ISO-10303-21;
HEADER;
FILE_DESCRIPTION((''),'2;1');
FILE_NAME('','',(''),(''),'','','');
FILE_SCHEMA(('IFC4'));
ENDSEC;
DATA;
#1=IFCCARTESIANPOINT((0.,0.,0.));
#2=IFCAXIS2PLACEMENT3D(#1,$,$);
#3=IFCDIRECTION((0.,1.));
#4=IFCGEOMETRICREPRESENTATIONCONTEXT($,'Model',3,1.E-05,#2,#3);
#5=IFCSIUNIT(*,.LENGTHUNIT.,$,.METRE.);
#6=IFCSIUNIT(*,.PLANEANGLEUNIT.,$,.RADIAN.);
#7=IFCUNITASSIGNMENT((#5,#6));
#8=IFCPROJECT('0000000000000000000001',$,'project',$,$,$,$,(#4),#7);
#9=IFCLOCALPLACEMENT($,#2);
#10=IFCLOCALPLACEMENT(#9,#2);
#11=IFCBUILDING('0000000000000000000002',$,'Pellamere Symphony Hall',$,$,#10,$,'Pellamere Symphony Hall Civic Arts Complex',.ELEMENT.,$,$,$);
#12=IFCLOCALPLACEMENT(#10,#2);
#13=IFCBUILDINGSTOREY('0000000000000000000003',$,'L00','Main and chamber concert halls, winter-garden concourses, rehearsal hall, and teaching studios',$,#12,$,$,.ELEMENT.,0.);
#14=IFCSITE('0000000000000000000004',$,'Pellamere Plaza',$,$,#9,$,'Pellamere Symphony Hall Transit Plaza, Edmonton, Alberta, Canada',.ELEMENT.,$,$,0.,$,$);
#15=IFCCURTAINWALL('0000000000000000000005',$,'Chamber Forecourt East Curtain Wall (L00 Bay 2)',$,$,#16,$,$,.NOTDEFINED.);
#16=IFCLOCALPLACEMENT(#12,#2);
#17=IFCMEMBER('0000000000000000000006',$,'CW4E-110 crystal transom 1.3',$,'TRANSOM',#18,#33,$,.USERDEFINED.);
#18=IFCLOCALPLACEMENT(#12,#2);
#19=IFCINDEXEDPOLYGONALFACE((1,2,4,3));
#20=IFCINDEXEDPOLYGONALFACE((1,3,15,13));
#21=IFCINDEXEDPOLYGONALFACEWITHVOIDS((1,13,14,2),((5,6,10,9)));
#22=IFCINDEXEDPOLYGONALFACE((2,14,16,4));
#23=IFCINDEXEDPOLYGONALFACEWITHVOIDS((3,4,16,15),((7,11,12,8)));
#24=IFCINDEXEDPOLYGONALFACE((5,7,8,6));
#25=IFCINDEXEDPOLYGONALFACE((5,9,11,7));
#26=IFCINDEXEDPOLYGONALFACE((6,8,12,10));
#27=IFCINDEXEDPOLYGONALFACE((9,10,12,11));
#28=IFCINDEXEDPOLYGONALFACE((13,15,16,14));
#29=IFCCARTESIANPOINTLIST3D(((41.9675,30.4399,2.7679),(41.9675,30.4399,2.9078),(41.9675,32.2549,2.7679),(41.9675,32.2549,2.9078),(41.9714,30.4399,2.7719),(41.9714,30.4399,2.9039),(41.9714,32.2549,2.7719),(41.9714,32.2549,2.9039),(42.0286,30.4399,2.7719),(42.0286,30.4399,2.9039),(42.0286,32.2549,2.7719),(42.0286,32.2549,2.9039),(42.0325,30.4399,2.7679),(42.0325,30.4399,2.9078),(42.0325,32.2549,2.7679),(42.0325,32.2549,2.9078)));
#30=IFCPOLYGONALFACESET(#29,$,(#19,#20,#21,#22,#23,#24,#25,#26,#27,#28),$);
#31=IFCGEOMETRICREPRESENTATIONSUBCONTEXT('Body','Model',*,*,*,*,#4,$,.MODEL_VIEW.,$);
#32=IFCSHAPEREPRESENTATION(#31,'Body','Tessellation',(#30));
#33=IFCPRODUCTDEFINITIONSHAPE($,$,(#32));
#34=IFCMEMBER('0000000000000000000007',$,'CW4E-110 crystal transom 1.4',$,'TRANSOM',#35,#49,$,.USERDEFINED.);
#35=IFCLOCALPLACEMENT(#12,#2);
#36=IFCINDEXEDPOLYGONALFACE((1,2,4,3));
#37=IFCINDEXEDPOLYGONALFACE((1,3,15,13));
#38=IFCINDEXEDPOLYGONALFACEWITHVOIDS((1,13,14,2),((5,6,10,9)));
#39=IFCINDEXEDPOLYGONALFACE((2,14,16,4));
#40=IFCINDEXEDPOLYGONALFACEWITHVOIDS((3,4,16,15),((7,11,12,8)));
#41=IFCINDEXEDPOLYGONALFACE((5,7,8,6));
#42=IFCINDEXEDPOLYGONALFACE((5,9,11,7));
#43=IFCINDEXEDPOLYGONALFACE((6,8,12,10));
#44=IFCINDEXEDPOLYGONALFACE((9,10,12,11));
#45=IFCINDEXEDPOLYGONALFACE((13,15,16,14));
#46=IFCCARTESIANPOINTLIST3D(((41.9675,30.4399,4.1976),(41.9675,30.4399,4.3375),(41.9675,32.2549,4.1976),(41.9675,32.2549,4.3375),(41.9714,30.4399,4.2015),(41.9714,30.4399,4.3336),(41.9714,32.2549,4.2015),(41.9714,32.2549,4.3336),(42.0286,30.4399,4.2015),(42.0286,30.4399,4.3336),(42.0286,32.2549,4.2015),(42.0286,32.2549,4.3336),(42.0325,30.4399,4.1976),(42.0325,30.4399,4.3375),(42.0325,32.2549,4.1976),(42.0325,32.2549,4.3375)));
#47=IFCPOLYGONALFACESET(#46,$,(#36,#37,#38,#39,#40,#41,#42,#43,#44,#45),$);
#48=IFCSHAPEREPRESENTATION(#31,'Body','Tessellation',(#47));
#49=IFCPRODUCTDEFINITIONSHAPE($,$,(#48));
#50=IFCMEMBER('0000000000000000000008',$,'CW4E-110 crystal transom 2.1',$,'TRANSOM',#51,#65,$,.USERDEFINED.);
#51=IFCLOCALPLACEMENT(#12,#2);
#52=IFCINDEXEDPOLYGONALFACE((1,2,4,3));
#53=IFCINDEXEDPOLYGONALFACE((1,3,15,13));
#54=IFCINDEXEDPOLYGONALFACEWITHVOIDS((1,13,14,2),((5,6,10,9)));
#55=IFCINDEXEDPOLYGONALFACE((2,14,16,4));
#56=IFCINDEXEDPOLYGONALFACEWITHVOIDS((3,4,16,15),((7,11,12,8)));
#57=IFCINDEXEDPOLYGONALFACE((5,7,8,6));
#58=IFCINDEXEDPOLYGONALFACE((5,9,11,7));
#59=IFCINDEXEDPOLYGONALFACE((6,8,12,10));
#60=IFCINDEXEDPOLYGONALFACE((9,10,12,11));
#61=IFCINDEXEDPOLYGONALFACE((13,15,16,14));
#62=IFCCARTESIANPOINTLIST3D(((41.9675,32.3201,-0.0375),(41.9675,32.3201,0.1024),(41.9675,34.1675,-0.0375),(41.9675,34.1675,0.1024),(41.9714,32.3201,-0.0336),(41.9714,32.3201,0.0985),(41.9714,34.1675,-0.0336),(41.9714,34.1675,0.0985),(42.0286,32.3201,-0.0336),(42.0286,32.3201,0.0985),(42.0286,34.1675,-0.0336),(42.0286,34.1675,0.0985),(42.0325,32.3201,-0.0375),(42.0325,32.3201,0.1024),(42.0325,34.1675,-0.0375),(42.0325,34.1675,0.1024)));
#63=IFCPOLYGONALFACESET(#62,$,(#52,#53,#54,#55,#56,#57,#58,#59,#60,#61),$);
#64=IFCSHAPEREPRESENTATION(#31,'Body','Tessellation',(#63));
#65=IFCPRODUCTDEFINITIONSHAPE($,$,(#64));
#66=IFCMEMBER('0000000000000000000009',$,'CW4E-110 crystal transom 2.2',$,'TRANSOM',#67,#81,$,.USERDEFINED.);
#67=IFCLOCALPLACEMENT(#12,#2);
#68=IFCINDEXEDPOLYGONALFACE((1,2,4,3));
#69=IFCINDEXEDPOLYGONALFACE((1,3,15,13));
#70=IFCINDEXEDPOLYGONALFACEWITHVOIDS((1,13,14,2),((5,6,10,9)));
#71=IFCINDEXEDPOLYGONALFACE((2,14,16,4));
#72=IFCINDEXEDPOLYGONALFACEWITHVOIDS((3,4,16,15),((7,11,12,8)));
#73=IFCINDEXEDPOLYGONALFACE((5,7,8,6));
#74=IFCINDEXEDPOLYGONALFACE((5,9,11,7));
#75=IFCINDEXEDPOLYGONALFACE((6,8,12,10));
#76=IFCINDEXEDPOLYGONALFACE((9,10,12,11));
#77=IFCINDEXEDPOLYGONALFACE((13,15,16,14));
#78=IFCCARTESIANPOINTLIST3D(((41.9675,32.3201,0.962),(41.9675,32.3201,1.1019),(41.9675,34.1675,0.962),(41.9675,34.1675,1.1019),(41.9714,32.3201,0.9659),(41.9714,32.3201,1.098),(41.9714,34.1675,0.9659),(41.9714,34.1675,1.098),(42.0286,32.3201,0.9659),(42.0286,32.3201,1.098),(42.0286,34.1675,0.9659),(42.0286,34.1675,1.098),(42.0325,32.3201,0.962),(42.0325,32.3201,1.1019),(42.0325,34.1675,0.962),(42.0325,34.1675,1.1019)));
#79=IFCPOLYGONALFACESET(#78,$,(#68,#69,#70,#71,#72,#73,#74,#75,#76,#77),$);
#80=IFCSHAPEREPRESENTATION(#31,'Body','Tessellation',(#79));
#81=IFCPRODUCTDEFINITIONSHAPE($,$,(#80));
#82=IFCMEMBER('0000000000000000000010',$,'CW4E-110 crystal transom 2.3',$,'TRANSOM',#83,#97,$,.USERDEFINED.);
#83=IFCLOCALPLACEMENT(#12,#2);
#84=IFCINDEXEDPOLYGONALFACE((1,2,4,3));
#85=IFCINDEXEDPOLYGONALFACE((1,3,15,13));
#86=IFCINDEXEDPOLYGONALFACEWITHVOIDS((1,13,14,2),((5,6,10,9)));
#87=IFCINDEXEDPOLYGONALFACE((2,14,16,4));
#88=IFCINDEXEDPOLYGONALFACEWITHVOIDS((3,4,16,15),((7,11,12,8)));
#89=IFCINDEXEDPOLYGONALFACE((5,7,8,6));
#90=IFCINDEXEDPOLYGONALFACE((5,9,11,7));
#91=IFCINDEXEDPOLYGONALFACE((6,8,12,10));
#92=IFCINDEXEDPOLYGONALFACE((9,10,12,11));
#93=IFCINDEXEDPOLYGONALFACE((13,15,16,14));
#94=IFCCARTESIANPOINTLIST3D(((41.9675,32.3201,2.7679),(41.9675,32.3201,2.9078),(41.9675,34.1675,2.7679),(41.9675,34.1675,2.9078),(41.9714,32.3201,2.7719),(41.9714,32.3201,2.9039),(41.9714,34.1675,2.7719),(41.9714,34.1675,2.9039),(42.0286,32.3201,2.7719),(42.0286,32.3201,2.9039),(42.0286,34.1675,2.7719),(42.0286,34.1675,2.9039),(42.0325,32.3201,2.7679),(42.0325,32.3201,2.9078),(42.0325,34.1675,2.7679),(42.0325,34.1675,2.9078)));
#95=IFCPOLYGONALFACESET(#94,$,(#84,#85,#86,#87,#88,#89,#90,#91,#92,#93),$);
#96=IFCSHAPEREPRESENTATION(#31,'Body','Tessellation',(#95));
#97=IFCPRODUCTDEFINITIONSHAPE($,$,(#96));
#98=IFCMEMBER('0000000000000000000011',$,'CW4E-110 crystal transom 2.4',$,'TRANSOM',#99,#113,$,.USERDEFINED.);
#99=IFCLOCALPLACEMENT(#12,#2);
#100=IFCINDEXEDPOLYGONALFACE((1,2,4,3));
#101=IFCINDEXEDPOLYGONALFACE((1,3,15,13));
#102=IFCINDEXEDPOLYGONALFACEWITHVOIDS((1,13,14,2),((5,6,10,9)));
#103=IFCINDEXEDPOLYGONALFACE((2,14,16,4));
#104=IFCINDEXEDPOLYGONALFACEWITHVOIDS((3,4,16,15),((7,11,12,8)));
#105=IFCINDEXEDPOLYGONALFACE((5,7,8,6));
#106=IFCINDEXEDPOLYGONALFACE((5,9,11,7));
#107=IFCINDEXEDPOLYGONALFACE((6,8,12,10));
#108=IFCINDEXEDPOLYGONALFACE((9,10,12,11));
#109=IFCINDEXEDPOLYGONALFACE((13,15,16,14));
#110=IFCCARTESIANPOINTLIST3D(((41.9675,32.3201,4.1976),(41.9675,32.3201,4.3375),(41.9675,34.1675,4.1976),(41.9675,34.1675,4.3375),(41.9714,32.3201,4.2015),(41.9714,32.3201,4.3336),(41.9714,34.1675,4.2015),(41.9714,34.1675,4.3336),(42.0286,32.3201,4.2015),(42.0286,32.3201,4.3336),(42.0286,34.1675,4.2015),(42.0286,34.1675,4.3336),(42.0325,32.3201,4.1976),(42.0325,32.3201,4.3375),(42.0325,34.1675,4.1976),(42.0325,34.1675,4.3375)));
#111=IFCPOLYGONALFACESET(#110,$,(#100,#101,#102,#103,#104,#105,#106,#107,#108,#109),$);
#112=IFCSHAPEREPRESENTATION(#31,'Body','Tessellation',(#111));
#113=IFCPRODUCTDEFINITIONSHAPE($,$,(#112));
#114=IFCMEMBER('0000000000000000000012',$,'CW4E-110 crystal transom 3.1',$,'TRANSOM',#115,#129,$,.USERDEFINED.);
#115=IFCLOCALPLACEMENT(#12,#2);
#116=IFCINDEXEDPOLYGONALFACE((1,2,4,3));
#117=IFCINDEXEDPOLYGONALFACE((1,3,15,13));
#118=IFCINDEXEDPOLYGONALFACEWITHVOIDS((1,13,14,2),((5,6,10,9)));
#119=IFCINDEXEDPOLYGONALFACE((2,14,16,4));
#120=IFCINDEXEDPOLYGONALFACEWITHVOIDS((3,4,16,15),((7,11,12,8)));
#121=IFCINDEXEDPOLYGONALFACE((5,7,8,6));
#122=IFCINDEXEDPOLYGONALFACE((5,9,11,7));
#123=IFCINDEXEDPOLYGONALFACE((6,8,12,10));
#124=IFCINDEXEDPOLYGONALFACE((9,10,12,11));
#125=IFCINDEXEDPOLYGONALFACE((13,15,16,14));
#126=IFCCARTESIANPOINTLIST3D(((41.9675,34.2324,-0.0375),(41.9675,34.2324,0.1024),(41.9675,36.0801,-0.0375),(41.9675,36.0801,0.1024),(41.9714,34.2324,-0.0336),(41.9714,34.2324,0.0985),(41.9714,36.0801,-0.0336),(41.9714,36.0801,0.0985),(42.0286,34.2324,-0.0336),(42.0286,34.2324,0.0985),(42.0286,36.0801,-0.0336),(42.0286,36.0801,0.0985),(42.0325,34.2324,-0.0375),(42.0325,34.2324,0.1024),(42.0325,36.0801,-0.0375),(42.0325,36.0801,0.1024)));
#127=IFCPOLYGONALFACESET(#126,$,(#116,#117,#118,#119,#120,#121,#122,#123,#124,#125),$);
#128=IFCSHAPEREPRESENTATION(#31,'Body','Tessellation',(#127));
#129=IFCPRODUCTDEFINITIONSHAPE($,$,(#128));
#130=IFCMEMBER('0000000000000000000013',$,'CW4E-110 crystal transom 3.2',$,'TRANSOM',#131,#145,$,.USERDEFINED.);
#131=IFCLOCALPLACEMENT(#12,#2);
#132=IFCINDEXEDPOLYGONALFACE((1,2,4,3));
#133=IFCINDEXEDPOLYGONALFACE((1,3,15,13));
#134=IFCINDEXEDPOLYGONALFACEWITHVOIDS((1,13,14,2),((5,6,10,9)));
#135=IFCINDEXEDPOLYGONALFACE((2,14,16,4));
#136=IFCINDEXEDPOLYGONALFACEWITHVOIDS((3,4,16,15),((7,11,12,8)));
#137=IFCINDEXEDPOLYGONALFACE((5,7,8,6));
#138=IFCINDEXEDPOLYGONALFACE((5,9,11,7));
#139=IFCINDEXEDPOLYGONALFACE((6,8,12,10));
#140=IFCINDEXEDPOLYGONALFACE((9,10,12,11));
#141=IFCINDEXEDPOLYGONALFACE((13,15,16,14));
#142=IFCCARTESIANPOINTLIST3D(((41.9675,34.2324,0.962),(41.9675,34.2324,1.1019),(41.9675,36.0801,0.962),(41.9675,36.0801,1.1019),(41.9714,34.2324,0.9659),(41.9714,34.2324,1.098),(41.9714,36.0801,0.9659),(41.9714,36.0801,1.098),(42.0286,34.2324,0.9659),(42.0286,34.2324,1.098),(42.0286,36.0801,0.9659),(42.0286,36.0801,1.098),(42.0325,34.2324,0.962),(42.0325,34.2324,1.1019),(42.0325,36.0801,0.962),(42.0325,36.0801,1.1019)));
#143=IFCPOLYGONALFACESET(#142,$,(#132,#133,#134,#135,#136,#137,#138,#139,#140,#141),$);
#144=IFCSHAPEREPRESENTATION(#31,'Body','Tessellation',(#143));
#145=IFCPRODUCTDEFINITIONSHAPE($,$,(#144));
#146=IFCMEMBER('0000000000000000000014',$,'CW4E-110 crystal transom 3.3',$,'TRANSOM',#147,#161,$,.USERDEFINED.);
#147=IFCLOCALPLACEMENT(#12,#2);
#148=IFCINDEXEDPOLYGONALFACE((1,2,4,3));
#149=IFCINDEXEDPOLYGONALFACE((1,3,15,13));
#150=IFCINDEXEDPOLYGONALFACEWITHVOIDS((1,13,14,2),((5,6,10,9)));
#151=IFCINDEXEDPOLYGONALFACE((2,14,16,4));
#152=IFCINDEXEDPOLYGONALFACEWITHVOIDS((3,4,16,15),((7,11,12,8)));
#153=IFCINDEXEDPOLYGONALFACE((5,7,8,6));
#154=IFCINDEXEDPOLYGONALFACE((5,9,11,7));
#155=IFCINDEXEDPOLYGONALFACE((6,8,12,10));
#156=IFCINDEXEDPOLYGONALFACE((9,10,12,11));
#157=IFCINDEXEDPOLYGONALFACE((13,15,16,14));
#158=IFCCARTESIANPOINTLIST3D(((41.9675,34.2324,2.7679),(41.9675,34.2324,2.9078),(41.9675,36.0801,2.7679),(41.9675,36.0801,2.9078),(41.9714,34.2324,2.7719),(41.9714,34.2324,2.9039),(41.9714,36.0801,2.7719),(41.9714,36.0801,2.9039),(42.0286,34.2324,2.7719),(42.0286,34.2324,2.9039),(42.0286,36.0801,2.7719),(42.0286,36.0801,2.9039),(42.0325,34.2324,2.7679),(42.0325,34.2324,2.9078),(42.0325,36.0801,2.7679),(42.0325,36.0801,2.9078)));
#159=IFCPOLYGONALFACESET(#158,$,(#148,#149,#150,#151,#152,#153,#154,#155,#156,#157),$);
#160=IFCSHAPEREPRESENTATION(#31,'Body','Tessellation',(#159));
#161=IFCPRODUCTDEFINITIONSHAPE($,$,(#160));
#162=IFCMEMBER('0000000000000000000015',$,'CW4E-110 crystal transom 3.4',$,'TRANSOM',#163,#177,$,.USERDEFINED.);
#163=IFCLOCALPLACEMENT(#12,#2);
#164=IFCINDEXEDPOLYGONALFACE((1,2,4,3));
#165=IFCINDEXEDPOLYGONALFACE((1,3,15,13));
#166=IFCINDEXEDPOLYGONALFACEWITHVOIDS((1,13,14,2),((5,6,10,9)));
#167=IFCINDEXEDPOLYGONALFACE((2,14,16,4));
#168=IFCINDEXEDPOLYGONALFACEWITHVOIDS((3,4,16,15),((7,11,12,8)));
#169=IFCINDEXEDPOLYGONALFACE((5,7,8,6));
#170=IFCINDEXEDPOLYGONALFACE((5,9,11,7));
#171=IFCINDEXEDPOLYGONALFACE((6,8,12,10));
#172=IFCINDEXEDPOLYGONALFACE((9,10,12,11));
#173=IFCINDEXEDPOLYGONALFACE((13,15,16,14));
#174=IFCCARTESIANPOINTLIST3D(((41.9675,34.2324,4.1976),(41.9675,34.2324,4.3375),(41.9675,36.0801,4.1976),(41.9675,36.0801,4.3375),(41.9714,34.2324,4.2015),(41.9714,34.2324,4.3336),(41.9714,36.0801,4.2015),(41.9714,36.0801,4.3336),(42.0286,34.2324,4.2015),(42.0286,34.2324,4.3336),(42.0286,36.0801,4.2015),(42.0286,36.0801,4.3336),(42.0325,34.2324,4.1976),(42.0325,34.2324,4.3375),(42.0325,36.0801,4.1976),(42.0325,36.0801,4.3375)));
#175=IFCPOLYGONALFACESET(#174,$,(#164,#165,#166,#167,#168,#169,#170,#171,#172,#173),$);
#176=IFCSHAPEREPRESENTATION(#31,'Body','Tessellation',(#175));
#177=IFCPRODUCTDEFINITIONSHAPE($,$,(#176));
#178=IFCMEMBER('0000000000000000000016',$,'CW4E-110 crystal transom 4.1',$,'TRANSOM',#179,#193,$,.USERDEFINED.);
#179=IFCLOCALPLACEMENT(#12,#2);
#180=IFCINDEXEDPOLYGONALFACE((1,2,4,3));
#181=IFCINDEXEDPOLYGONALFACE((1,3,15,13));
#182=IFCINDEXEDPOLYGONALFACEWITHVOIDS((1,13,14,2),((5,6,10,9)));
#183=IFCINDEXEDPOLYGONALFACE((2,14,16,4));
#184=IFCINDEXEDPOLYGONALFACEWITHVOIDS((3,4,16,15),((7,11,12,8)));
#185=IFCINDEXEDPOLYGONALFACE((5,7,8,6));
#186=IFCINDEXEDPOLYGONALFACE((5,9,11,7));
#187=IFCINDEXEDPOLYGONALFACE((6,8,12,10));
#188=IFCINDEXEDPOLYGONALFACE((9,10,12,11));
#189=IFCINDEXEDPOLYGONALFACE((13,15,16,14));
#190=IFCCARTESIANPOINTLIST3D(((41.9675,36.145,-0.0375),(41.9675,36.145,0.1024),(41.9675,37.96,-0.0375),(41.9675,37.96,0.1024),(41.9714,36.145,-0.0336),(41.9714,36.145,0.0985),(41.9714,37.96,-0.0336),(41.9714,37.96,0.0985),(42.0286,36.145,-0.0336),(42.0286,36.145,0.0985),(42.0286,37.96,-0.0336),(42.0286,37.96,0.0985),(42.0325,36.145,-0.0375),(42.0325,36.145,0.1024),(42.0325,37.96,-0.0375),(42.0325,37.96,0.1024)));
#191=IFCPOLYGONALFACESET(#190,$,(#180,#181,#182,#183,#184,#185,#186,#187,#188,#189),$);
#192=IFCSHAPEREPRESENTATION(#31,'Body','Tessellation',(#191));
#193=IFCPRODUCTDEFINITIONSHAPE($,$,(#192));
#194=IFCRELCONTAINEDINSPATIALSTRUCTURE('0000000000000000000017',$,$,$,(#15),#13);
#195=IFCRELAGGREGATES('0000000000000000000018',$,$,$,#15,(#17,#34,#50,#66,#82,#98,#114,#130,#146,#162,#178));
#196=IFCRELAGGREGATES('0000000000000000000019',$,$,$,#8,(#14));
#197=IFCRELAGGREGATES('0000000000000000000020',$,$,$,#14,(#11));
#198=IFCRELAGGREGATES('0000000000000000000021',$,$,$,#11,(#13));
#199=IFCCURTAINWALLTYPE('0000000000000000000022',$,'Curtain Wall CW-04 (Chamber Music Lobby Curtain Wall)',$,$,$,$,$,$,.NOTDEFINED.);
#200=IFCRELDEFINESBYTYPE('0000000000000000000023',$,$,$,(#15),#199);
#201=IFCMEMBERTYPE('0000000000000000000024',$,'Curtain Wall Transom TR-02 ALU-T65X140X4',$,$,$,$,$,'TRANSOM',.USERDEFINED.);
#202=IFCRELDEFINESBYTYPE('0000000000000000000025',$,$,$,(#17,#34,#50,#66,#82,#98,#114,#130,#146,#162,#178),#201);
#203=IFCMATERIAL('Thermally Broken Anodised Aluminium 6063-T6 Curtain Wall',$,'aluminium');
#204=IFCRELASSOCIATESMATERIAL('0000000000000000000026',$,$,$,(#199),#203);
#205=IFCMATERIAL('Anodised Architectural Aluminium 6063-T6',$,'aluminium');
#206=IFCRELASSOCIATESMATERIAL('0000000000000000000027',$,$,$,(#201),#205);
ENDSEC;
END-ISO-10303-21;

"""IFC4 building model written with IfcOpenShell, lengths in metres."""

from ifc_helpers import new_model, si_unit, direction, frame, origin, origin_2d, place, context, subcontext, project, spatial, hollow_rectangle, extrude, material, material_profile, profile_set, type_object, element, aggregate, save


model = new_model("IFC4")

# Units and contexts
model_context = context("Model", 3, precision=1e-05, world=origin(), true_north=direction((0.0, 1.0)))
body_context = subcontext(model_context, "Body", "Model", "MODEL_VIEW")
ifc_project = project(units=[si_unit("LENGTHUNIT", "METRE"), si_unit("PLANEANGLEUNIT", "RADIAN")], contexts=[model_context])

# Site, building, storey
site_placement = place(None, origin())
site = spatial("IfcSite", under=ifc_project, at=site_placement, Name="Pellamere Plaza", LongName="Pellamere Symphony Hall Transit Plaza, Edmonton, Alberta, Canada", CompositionType="ELEMENT", RefElevation=0.0)
building_placement = place(site_placement, origin())
building = spatial("IfcBuilding", under=site, at=building_placement, Name="Pellamere Symphony Hall", LongName="Pellamere Symphony Hall Civic Arts Complex", CompositionType="ELEMENT")
storey_placement = place(building_placement, origin())
storey = spatial("IfcBuildingStorey", under=building, at=storey_placement, Name="L00", Description="Main and chamber concert halls, winter-garden concourses, rehearsal hall, and teaching studios", CompositionType="ELEMENT", Elevation=0.0)

# Curtain wall
ifc_material_1 = material(Name="Thermally Broken Anodised Aluminium 6063-T6 Curtain Wall", Category="aluminium")
ifc_material_2 = material(Name="Anodised Architectural Aluminium 6063-T6", Category="aluminium")
curtain_wall_type_1 = type_object("IfcCurtainWallType", Name="Curtain Wall CW-04 (Chamber Music Lobby Curtain Wall)", PredefinedType="NOTDEFINED", material=ifc_material_1)
curtain_wall_1_placement = place(storey_placement, origin())
curtain_wall_1 = element("IfcCurtainWall", 1, at=curtain_wall_1_placement, inside=storey, type_object=curtain_wall_type_1, Name="Chamber Forecourt East Curtain Wall (L00 Bay 2)", PredefinedType="NOTDEFINED")

# Members
ifc_material_profile_1 = material_profile(ifc_material_2, hollow_rectangle(XDim=0.0649, YDim=0.1399, WallThickness=0.0039, at=origin_2d()), Name="ALU-T65X140X4")
ifc_profile_set_1 = profile_set([ifc_material_profile_1], Name="Anodised Architectural Aluminium 6063-T6")
member_type_1 = type_object("IfcMemberType", Name="Curtain Wall Transom TR-02 ALU-T65X140X4", ElementType="TRANSOM", PredefinedType="USERDEFINED", material=ifc_profile_set_1)
member_1_placement = place(storey_placement, frame((42.0, 30.4399, 2.8379), z_axis=(0.0, 1.0, 0.0), x_axis=(-1.0, 0.0, 0.0)))
member_1 = element("IfcMember", 2, at=member_1_placement, type_object=member_type_1, Name="CW4E-110 crystal transom 1.3", ObjectType="TRANSOM", PredefinedType="USERDEFINED", context=body_context, shape_type="SweptSolid", body=[
    extrude(hollow_rectangle(XDim=0.0649, YDim=0.1399, WallThickness=0.0039, at=origin_2d()), origin(), (0.0, 0.0, 1.0), 1.8149),
])
member_2_placement = place(storey_placement, frame((42.0, 30.4399, 4.2676), z_axis=(0.0, 1.0, 0.0), x_axis=(-1.0, 0.0, 0.0)))
member_2 = element("IfcMember", 3, at=member_2_placement, type_object=member_type_1, Name="CW4E-110 crystal transom 1.4", ObjectType="TRANSOM", PredefinedType="USERDEFINED", context=body_context, shape_type="SweptSolid", body=[
    extrude(hollow_rectangle(XDim=0.0649, YDim=0.1399, WallThickness=0.0039, at=origin_2d()), origin(), (0.0, 0.0, 1.0), 1.8149),
])
member_3_placement = place(storey_placement, frame((42.0, 32.3201, 0.0325), z_axis=(0.0, 1.0, 0.0), x_axis=(-1.0, 0.0, 0.0)))
member_3 = element("IfcMember", 4, at=member_3_placement, type_object=member_type_1, Name="CW4E-110 crystal transom 2.1", ObjectType="TRANSOM", PredefinedType="USERDEFINED", context=body_context, shape_type="SweptSolid", body=[
    extrude(hollow_rectangle(XDim=0.0649, YDim=0.1399, WallThickness=0.0039, at=origin_2d()), origin(), (0.0, 0.0, 1.0), 1.8474),
])
member_4_placement = place(storey_placement, frame((42.0, 32.3201, 1.032), z_axis=(0.0, 1.0, 0.0), x_axis=(-1.0, 0.0, 0.0)))
member_4 = element("IfcMember", 5, at=member_4_placement, type_object=member_type_1, Name="CW4E-110 crystal transom 2.2", ObjectType="TRANSOM", PredefinedType="USERDEFINED", context=body_context, shape_type="SweptSolid", body=[
    extrude(hollow_rectangle(XDim=0.0649, YDim=0.1399, WallThickness=0.0039, at=origin_2d()), origin(), (0.0, 0.0, 1.0), 1.8474),
])
member_5_placement = place(storey_placement, frame((42.0, 32.3201, 2.8379), z_axis=(0.0, 1.0, 0.0), x_axis=(-1.0, 0.0, 0.0)))
member_5 = element("IfcMember", 6, at=member_5_placement, type_object=member_type_1, Name="CW4E-110 crystal transom 2.3", ObjectType="TRANSOM", PredefinedType="USERDEFINED", context=body_context, shape_type="SweptSolid", body=[
    extrude(hollow_rectangle(XDim=0.0649, YDim=0.1399, WallThickness=0.0039, at=origin_2d()), origin(), (0.0, 0.0, 1.0), 1.8474),
])
member_6_placement = place(storey_placement, frame((42.0, 32.3201, 4.2676), z_axis=(0.0, 1.0, 0.0), x_axis=(-1.0, 0.0, 0.0)))
member_6 = element("IfcMember", 7, at=member_6_placement, type_object=member_type_1, Name="CW4E-110 crystal transom 2.4", ObjectType="TRANSOM", PredefinedType="USERDEFINED", context=body_context, shape_type="SweptSolid", body=[
    extrude(hollow_rectangle(XDim=0.0649, YDim=0.1399, WallThickness=0.0039, at=origin_2d()), origin(), (0.0, 0.0, 1.0), 1.8474),
])
member_7_placement = place(storey_placement, frame((42.0, 34.2324, 0.0325), z_axis=(0.0, 1.0, 0.0), x_axis=(-1.0, 0.0, 0.0)))
member_7 = element("IfcMember", 8, at=member_7_placement, type_object=member_type_1, Name="CW4E-110 crystal transom 3.1", ObjectType="TRANSOM", PredefinedType="USERDEFINED", context=body_context, shape_type="SweptSolid", body=[
    extrude(hollow_rectangle(XDim=0.0649, YDim=0.1399, WallThickness=0.0039, at=origin_2d()), origin(), (0.0, 0.0, 1.0), 1.8477),
])
member_8_placement = place(storey_placement, frame((42.0, 34.2324, 1.032), z_axis=(0.0, 1.0, 0.0), x_axis=(-1.0, 0.0, 0.0)))
member_8 = element("IfcMember", 9, at=member_8_placement, type_object=member_type_1, Name="CW4E-110 crystal transom 3.2", ObjectType="TRANSOM", PredefinedType="USERDEFINED", context=body_context, shape_type="SweptSolid", body=[
    extrude(hollow_rectangle(XDim=0.0649, YDim=0.1399, WallThickness=0.0039, at=origin_2d()), origin(), (0.0, 0.0, 1.0), 1.8477),
])
member_9_placement = place(storey_placement, frame((42.0, 34.2324, 2.8379), z_axis=(0.0, 1.0, 0.0), x_axis=(-1.0, 0.0, 0.0)))
member_9 = element("IfcMember", 10, at=member_9_placement, type_object=member_type_1, Name="CW4E-110 crystal transom 3.3", ObjectType="TRANSOM", PredefinedType="USERDEFINED", context=body_context, shape_type="SweptSolid", body=[
    extrude(hollow_rectangle(XDim=0.0649, YDim=0.1399, WallThickness=0.0039, at=origin_2d()), origin(), (0.0, 0.0, 1.0), 1.8477),
])
member_10_placement = place(storey_placement, frame((42.0, 34.2324, 4.2676), z_axis=(0.0, 1.0, 0.0), x_axis=(-1.0, 0.0, 0.0)))
member_10 = element("IfcMember", 11, at=member_10_placement, type_object=member_type_1, Name="CW4E-110 crystal transom 3.4", ObjectType="TRANSOM", PredefinedType="USERDEFINED", context=body_context, shape_type="SweptSolid", body=[
    extrude(hollow_rectangle(XDim=0.0649, YDim=0.1399, WallThickness=0.0039, at=origin_2d()), origin(), (0.0, 0.0, 1.0), 1.8477),
])
member_11_placement = place(storey_placement, frame((42.0, 36.145, 0.0325), z_axis=(0.0, 1.0, 0.0), x_axis=(-1.0, 0.0, 0.0)))
member_11 = element("IfcMember", 12, at=member_11_placement, type_object=member_type_1, Name="CW4E-110 crystal transom 4.1", ObjectType="TRANSOM", PredefinedType="USERDEFINED", context=body_context, shape_type="SweptSolid", body=[
    extrude(hollow_rectangle(XDim=0.0649, YDim=0.1399, WallThickness=0.0039, at=origin_2d()), origin(), (0.0, 0.0, 1.0), 1.8149),
])

aggregate(curtain_wall_1, [member_1, member_2, member_3, member_4, member_5, member_6, member_7, member_8, member_9, member_10, member_11])

save(model, "model.ifc")
